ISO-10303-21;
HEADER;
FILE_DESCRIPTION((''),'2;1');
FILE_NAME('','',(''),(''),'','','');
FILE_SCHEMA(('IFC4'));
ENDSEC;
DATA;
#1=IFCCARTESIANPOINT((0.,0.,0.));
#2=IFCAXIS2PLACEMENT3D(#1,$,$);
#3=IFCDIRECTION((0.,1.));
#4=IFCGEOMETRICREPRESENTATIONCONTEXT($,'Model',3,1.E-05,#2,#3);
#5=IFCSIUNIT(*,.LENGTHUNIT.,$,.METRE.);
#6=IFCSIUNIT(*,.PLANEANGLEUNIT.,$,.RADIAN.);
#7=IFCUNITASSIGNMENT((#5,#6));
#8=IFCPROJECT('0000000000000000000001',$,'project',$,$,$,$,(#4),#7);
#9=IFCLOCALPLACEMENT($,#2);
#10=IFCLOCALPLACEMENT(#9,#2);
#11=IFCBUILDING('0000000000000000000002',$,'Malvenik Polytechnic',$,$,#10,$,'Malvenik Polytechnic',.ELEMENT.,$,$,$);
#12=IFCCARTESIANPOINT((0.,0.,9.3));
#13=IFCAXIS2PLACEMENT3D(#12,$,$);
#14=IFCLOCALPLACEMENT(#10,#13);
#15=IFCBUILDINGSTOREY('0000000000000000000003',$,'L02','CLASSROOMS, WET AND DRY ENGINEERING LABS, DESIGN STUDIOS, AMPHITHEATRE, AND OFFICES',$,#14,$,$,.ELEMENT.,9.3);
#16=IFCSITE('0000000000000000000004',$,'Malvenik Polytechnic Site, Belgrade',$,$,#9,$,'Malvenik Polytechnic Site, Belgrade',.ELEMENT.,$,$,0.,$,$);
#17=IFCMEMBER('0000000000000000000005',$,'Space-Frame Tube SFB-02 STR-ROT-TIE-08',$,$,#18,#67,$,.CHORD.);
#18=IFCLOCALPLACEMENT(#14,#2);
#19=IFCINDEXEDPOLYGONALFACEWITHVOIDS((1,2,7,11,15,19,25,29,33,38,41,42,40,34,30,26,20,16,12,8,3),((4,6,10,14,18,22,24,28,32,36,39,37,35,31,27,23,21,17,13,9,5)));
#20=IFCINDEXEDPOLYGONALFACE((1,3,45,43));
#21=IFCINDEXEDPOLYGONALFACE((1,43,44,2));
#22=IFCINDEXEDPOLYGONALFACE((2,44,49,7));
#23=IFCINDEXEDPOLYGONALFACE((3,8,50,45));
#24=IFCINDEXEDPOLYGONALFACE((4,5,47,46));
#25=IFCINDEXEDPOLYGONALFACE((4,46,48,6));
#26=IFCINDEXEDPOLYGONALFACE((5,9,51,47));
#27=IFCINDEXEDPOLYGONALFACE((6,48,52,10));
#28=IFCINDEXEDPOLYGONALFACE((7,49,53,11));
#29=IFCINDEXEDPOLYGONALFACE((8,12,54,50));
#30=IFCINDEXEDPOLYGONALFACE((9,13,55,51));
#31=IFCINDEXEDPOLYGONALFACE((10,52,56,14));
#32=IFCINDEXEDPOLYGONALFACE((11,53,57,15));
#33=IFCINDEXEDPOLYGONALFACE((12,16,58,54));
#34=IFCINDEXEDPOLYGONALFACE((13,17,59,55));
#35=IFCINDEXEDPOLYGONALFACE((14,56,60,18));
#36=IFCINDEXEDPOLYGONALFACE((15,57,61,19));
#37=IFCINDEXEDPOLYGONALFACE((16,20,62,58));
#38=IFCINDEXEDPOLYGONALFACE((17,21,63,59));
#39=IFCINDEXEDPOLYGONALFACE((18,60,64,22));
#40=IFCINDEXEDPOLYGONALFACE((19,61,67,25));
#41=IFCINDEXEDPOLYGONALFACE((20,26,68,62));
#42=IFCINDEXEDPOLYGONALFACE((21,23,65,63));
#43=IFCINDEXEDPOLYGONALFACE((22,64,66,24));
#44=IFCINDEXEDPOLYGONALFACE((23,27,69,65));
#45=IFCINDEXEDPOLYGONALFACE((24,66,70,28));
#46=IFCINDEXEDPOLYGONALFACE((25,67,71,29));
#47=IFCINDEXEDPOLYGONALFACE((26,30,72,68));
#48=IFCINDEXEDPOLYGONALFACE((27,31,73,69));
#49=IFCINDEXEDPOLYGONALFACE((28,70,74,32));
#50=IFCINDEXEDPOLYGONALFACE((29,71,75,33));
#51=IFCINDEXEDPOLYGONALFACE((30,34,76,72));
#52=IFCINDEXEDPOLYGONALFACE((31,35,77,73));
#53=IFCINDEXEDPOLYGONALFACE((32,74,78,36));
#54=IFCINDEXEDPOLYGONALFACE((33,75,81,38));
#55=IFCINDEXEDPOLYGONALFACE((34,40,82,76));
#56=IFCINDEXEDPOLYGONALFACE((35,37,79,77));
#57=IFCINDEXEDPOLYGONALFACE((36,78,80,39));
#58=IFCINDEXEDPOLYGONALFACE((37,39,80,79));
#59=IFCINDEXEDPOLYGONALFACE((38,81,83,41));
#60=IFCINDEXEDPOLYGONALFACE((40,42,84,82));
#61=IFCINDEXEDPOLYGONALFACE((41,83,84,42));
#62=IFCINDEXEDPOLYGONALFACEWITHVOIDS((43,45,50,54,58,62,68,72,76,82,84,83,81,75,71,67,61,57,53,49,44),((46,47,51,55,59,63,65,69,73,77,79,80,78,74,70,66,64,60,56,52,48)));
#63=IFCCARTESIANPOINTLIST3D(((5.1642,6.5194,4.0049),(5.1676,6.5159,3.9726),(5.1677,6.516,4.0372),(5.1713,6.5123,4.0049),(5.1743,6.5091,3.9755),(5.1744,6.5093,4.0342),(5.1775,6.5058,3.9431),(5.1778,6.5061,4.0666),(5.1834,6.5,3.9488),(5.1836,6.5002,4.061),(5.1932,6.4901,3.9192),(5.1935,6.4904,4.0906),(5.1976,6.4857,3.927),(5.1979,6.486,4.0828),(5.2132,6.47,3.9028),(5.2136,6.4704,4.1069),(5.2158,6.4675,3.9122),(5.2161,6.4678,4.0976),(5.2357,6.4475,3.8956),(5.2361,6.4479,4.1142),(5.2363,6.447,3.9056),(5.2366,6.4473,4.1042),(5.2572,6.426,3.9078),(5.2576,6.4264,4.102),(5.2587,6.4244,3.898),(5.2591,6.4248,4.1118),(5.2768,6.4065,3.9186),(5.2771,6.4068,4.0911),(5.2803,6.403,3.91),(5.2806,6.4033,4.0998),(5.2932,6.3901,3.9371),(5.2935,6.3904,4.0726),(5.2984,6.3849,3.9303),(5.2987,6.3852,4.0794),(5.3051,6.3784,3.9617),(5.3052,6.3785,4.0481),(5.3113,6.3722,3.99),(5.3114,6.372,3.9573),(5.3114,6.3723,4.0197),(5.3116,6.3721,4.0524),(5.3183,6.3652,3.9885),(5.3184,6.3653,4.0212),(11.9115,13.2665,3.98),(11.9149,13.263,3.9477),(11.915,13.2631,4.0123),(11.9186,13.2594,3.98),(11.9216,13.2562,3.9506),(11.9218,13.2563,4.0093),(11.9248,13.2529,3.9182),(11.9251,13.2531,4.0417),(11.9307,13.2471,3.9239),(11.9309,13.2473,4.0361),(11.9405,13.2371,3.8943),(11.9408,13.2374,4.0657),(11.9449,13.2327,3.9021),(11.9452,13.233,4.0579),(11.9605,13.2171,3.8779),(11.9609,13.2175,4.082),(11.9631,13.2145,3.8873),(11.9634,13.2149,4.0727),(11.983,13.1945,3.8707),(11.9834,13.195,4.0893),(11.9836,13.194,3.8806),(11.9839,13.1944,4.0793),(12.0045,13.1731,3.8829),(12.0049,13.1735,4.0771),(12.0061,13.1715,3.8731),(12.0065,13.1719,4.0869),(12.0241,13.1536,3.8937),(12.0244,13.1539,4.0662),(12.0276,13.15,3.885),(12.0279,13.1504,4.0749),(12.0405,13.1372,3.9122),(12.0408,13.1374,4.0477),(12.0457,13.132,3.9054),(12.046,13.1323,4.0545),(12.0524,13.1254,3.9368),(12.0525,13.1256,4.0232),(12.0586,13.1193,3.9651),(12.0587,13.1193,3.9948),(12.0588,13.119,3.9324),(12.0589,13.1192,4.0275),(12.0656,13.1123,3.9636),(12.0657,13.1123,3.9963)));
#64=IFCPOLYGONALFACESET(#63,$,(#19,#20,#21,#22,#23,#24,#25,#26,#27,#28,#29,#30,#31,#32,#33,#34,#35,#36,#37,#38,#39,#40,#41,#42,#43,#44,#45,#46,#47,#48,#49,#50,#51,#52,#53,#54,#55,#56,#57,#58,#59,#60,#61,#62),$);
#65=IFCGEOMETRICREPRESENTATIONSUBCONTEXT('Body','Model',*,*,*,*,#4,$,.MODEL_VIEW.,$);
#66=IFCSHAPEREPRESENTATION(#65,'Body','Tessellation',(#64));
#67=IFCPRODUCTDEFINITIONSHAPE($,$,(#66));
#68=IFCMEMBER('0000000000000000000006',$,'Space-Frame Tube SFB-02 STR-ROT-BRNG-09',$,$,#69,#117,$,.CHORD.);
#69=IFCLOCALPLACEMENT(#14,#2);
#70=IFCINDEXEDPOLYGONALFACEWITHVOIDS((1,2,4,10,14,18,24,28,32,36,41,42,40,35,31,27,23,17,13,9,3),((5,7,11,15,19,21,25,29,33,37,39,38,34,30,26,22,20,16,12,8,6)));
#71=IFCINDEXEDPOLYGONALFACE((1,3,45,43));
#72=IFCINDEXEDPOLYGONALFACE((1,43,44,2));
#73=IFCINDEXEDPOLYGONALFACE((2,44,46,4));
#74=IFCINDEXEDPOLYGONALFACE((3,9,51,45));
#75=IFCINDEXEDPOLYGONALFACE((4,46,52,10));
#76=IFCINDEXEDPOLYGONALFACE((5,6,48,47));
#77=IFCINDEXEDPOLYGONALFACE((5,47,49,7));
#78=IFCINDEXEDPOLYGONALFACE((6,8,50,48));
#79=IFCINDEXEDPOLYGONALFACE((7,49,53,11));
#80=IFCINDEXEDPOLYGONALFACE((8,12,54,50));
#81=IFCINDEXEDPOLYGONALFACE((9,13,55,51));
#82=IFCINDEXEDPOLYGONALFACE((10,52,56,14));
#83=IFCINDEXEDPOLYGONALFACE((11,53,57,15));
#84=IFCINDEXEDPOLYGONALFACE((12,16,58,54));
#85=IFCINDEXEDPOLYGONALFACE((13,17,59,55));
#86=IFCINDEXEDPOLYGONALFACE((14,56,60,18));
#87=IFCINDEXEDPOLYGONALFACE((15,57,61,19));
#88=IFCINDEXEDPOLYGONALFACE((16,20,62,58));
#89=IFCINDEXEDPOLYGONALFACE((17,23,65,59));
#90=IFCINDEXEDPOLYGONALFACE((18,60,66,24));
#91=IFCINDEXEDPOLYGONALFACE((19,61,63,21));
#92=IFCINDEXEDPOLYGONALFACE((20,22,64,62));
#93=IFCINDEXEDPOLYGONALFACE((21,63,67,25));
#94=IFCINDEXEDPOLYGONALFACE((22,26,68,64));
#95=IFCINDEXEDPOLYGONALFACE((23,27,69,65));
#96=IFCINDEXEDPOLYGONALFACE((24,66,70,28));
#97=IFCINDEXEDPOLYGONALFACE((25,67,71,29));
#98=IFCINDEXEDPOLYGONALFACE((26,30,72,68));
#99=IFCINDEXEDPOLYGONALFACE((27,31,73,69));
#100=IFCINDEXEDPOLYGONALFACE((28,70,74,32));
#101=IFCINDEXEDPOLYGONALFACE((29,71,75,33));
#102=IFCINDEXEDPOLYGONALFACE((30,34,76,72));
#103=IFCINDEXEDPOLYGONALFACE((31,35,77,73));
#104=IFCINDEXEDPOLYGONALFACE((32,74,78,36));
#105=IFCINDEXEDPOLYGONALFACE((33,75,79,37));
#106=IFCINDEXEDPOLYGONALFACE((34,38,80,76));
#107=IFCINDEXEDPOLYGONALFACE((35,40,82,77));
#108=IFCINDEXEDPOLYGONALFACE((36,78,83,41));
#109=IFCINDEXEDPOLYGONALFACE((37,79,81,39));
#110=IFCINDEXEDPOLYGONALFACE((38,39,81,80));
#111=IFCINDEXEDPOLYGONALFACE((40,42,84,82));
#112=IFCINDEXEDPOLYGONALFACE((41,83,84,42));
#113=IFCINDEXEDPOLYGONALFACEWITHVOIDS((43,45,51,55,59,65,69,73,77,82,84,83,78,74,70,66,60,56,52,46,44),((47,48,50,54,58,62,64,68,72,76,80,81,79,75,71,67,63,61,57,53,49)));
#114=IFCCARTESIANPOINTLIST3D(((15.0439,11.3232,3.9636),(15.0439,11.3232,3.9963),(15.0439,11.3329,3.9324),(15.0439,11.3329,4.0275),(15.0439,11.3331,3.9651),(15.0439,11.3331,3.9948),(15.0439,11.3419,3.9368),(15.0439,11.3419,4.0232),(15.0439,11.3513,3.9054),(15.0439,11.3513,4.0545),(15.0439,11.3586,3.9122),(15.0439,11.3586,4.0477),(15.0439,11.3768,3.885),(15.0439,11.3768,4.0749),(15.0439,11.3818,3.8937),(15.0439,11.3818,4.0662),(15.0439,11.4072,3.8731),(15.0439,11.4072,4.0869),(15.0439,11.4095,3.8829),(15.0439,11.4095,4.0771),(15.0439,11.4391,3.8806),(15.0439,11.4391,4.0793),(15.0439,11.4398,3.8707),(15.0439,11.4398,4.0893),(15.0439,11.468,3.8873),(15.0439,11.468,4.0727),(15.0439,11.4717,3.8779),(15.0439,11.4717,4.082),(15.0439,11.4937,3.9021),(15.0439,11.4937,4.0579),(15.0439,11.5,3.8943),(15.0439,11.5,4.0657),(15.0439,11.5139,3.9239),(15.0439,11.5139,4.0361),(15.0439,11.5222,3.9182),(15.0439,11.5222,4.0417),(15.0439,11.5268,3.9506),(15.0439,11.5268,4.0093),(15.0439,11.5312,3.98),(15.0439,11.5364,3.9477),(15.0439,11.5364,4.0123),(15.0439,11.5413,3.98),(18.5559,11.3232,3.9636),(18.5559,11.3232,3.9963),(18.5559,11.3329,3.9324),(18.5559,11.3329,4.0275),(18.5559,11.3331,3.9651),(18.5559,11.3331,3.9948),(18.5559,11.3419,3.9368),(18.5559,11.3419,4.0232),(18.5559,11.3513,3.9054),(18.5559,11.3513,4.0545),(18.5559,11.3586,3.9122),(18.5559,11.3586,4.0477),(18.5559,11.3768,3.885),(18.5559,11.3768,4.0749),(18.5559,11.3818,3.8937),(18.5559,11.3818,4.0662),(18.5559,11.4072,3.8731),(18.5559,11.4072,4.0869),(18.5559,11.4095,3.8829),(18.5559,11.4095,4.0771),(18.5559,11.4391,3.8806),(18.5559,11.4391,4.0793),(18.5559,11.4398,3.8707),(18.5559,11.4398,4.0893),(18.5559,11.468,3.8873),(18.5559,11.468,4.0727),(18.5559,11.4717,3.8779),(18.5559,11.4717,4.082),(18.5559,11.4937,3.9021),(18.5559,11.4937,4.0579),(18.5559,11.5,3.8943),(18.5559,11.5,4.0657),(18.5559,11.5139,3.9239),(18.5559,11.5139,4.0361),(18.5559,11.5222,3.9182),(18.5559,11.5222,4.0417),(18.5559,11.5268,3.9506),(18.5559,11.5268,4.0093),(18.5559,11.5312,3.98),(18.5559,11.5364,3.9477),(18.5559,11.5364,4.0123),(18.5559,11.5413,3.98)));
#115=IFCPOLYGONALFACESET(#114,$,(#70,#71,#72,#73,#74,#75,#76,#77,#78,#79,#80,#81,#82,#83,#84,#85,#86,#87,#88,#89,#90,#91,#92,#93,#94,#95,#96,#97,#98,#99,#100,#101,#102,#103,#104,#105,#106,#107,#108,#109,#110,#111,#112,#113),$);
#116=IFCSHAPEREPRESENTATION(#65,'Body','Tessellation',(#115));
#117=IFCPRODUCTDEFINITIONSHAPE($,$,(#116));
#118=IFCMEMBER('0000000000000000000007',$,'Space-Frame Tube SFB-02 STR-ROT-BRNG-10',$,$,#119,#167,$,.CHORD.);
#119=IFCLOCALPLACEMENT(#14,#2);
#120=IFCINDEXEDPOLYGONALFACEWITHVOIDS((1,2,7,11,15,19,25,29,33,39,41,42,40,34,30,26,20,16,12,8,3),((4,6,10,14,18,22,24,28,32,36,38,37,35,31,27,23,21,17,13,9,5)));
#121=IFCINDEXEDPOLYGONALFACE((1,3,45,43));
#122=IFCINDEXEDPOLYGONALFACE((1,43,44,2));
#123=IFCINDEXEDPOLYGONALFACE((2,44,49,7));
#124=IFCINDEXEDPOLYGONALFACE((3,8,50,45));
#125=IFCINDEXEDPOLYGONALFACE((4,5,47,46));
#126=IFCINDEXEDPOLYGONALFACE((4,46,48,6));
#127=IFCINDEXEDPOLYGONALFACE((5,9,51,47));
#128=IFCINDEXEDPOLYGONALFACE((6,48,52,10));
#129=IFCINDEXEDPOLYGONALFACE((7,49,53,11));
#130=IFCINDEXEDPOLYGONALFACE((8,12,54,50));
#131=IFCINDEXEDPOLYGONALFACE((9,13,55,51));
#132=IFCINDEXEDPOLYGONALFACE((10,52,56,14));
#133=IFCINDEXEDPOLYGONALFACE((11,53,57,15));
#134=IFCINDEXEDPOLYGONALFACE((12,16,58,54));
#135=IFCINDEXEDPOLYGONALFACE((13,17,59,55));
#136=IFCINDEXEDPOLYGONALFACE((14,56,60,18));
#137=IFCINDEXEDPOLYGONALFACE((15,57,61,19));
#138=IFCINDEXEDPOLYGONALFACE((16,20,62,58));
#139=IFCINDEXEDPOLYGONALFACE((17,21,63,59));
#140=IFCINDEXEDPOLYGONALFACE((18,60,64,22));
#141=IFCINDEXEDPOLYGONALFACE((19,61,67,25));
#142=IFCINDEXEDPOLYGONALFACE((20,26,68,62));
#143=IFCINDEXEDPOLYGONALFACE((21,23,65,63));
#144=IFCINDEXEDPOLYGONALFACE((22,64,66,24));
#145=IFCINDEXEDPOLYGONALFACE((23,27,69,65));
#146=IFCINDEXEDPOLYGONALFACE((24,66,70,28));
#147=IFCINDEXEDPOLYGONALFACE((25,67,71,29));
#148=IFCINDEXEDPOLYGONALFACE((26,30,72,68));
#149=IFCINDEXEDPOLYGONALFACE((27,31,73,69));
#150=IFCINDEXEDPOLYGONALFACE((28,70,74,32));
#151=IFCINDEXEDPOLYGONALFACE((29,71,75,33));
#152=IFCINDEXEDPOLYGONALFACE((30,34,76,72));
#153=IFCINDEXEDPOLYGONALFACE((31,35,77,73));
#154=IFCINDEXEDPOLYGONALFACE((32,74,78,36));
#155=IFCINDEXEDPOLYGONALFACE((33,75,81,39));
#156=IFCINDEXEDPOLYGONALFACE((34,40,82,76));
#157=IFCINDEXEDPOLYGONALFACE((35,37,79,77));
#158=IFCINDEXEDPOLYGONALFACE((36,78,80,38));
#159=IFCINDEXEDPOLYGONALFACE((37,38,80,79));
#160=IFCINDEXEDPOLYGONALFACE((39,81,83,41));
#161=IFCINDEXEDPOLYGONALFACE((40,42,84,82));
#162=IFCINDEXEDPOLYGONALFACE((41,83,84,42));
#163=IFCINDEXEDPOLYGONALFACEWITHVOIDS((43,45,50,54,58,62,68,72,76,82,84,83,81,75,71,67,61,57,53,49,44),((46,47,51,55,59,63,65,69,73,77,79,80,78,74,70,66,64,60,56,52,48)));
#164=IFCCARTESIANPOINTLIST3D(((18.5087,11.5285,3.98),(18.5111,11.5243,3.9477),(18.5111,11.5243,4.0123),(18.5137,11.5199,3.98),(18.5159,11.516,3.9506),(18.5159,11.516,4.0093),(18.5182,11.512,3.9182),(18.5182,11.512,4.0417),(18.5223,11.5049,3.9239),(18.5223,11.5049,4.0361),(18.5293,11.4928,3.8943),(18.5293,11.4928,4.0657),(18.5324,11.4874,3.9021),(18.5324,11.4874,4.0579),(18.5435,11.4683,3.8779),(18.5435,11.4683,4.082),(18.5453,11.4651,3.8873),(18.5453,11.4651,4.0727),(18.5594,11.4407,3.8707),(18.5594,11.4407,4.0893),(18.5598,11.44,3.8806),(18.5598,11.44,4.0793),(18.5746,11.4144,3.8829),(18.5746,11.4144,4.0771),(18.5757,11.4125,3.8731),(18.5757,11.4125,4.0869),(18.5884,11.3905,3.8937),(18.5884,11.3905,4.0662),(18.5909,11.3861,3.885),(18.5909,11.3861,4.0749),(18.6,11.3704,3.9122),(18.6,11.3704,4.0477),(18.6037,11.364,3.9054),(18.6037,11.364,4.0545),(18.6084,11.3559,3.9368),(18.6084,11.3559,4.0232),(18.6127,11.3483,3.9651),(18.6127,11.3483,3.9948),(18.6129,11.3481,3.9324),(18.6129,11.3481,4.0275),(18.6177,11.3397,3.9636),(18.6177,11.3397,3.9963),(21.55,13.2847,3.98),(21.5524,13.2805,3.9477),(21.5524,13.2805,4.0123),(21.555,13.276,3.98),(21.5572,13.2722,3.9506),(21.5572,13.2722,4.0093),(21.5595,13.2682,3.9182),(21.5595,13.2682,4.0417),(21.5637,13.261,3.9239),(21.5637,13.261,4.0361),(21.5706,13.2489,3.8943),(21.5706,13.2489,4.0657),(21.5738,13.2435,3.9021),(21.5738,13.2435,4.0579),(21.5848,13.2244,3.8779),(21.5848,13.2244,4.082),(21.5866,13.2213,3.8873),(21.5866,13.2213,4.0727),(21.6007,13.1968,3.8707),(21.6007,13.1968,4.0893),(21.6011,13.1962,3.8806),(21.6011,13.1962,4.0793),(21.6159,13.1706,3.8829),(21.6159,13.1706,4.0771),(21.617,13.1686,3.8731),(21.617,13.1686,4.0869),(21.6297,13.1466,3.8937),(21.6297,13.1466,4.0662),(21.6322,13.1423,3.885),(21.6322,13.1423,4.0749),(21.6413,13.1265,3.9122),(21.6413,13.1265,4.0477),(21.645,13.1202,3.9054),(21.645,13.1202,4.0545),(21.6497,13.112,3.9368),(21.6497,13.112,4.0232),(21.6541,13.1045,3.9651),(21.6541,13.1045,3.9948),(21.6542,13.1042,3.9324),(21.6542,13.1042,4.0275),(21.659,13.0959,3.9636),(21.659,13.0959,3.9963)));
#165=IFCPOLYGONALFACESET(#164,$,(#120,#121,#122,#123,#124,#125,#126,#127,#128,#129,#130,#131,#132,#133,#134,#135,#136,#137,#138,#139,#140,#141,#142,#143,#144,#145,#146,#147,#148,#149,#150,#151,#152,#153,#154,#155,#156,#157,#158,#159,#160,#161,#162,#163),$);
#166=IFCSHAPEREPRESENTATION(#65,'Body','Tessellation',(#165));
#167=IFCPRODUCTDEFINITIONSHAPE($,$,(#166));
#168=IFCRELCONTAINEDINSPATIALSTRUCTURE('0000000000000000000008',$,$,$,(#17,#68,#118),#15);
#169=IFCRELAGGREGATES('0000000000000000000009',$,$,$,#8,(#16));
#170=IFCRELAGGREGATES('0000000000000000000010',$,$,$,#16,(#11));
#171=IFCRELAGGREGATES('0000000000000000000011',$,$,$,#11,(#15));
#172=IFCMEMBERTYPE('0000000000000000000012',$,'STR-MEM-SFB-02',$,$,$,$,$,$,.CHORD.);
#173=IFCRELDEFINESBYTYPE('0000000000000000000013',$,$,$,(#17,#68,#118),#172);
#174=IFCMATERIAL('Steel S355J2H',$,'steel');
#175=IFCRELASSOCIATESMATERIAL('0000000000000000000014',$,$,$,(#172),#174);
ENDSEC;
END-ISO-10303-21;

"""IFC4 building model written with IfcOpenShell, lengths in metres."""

from ifc_helpers import new_model, si_unit, direction, frame, origin, origin_2d, place, context, subcontext, project, spatial, hollow_circle, extrude, material, material_profile, profile_set, type_object, element, save


model = new_model("IFC4")

# Units and contexts
model_context = context("Model", 3, precision=1e-05, world=origin(), true_north=direction((0.0, 1.0)))
body_context = subcontext(model_context, "Body", "Model", "MODEL_VIEW")
ifc_project = project(units=[si_unit("LENGTHUNIT", "METRE"), si_unit("PLANEANGLEUNIT", "RADIAN")], contexts=[model_context])

# Site, building, storey
site_placement = place(None, origin())
site = spatial("IfcSite", under=ifc_project, at=site_placement, Name="Malvenik Polytechnic Site, Belgrade", LongName="Malvenik Polytechnic Site, Belgrade", CompositionType="ELEMENT", RefElevation=0.0)
building_placement = place(site_placement, origin())
building = spatial("IfcBuilding", under=site, at=building_placement, Name="Malvenik Polytechnic", LongName="Malvenik Polytechnic", CompositionType="ELEMENT")
storey_placement = place(building_placement, frame((0.0, 0.0, 9.3)))
storey = spatial("IfcBuildingStorey", under=building, at=storey_placement, Name="L02", Description="CLASSROOMS, WET AND DRY ENGINEERING LABS, DESIGN STUDIOS, AMPHITHEATRE, AND OFFICES", CompositionType="ELEMENT", Elevation=9.3)

# Members
ifc_material_1 = material(Name="Steel S355J2H", Category="steel")
ifc_material_profile_1 = material_profile(ifc_material_1, hollow_circle(Radius=0.1096, WallThickness=0.01, at=origin_2d()), Name="CHS 219.1x10.0")
ifc_profile_set_1 = profile_set([ifc_material_profile_1], Name="Steel S355J2H")
member_type = type_object("IfcMemberType", Name="STR-MEM-SFB-02", PredefinedType="CHORD", material=ifc_profile_set_1)
member_1_placement = place(storey_placement, frame((5.2417, 6.4419, 4.0049), z_axis=(0.707117, 0.707092, -0.00261), x_axis=(-0.707094, 0.70712, 0.0)))
element("IfcMember", 1, at=member_1_placement, inside=storey, type_object=member_type, Name="Space-Frame Tube SFB-02 STR-ROT-TIE-08", PredefinedType="CHORD", context=body_context, shape_type="SweptSolid", body=[
    extrude(hollow_circle(Radius=0.1096, WallThickness=0.01, at=origin_2d()), origin(), (0.0, 0.0, 1.0), 9.542),
])
for number, where, z_axis, x_axis, name in (
    (2, (15.0439, 11.4316, 3.98), (1.0, 0.0, 0.0), (0.0, 1.0, 0.0), "Space-Frame Tube SFB-02 STR-ROT-BRNG-09"),
    (3, (18.5635, 11.4336, 3.98), (0.865997, 0.500049, 0.0), (-0.500049, 0.865997, 0.0), "Space-Frame Tube SFB-02 STR-ROT-BRNG-10"),
):
    element("IfcMember", number, at=place(storey_placement, frame(where, z_axis=z_axis, x_axis=x_axis)), inside=storey, type_object=member_type, Name=name, PredefinedType="CHORD", context=body_context, shape_type="SweptSolid", body=[
        extrude(hollow_circle(Radius=0.1096, WallThickness=0.01, at=origin_2d()), origin(), (0.0, 0.0, 1.0), 3.512),
    ])

save(model, "model.ifc")
